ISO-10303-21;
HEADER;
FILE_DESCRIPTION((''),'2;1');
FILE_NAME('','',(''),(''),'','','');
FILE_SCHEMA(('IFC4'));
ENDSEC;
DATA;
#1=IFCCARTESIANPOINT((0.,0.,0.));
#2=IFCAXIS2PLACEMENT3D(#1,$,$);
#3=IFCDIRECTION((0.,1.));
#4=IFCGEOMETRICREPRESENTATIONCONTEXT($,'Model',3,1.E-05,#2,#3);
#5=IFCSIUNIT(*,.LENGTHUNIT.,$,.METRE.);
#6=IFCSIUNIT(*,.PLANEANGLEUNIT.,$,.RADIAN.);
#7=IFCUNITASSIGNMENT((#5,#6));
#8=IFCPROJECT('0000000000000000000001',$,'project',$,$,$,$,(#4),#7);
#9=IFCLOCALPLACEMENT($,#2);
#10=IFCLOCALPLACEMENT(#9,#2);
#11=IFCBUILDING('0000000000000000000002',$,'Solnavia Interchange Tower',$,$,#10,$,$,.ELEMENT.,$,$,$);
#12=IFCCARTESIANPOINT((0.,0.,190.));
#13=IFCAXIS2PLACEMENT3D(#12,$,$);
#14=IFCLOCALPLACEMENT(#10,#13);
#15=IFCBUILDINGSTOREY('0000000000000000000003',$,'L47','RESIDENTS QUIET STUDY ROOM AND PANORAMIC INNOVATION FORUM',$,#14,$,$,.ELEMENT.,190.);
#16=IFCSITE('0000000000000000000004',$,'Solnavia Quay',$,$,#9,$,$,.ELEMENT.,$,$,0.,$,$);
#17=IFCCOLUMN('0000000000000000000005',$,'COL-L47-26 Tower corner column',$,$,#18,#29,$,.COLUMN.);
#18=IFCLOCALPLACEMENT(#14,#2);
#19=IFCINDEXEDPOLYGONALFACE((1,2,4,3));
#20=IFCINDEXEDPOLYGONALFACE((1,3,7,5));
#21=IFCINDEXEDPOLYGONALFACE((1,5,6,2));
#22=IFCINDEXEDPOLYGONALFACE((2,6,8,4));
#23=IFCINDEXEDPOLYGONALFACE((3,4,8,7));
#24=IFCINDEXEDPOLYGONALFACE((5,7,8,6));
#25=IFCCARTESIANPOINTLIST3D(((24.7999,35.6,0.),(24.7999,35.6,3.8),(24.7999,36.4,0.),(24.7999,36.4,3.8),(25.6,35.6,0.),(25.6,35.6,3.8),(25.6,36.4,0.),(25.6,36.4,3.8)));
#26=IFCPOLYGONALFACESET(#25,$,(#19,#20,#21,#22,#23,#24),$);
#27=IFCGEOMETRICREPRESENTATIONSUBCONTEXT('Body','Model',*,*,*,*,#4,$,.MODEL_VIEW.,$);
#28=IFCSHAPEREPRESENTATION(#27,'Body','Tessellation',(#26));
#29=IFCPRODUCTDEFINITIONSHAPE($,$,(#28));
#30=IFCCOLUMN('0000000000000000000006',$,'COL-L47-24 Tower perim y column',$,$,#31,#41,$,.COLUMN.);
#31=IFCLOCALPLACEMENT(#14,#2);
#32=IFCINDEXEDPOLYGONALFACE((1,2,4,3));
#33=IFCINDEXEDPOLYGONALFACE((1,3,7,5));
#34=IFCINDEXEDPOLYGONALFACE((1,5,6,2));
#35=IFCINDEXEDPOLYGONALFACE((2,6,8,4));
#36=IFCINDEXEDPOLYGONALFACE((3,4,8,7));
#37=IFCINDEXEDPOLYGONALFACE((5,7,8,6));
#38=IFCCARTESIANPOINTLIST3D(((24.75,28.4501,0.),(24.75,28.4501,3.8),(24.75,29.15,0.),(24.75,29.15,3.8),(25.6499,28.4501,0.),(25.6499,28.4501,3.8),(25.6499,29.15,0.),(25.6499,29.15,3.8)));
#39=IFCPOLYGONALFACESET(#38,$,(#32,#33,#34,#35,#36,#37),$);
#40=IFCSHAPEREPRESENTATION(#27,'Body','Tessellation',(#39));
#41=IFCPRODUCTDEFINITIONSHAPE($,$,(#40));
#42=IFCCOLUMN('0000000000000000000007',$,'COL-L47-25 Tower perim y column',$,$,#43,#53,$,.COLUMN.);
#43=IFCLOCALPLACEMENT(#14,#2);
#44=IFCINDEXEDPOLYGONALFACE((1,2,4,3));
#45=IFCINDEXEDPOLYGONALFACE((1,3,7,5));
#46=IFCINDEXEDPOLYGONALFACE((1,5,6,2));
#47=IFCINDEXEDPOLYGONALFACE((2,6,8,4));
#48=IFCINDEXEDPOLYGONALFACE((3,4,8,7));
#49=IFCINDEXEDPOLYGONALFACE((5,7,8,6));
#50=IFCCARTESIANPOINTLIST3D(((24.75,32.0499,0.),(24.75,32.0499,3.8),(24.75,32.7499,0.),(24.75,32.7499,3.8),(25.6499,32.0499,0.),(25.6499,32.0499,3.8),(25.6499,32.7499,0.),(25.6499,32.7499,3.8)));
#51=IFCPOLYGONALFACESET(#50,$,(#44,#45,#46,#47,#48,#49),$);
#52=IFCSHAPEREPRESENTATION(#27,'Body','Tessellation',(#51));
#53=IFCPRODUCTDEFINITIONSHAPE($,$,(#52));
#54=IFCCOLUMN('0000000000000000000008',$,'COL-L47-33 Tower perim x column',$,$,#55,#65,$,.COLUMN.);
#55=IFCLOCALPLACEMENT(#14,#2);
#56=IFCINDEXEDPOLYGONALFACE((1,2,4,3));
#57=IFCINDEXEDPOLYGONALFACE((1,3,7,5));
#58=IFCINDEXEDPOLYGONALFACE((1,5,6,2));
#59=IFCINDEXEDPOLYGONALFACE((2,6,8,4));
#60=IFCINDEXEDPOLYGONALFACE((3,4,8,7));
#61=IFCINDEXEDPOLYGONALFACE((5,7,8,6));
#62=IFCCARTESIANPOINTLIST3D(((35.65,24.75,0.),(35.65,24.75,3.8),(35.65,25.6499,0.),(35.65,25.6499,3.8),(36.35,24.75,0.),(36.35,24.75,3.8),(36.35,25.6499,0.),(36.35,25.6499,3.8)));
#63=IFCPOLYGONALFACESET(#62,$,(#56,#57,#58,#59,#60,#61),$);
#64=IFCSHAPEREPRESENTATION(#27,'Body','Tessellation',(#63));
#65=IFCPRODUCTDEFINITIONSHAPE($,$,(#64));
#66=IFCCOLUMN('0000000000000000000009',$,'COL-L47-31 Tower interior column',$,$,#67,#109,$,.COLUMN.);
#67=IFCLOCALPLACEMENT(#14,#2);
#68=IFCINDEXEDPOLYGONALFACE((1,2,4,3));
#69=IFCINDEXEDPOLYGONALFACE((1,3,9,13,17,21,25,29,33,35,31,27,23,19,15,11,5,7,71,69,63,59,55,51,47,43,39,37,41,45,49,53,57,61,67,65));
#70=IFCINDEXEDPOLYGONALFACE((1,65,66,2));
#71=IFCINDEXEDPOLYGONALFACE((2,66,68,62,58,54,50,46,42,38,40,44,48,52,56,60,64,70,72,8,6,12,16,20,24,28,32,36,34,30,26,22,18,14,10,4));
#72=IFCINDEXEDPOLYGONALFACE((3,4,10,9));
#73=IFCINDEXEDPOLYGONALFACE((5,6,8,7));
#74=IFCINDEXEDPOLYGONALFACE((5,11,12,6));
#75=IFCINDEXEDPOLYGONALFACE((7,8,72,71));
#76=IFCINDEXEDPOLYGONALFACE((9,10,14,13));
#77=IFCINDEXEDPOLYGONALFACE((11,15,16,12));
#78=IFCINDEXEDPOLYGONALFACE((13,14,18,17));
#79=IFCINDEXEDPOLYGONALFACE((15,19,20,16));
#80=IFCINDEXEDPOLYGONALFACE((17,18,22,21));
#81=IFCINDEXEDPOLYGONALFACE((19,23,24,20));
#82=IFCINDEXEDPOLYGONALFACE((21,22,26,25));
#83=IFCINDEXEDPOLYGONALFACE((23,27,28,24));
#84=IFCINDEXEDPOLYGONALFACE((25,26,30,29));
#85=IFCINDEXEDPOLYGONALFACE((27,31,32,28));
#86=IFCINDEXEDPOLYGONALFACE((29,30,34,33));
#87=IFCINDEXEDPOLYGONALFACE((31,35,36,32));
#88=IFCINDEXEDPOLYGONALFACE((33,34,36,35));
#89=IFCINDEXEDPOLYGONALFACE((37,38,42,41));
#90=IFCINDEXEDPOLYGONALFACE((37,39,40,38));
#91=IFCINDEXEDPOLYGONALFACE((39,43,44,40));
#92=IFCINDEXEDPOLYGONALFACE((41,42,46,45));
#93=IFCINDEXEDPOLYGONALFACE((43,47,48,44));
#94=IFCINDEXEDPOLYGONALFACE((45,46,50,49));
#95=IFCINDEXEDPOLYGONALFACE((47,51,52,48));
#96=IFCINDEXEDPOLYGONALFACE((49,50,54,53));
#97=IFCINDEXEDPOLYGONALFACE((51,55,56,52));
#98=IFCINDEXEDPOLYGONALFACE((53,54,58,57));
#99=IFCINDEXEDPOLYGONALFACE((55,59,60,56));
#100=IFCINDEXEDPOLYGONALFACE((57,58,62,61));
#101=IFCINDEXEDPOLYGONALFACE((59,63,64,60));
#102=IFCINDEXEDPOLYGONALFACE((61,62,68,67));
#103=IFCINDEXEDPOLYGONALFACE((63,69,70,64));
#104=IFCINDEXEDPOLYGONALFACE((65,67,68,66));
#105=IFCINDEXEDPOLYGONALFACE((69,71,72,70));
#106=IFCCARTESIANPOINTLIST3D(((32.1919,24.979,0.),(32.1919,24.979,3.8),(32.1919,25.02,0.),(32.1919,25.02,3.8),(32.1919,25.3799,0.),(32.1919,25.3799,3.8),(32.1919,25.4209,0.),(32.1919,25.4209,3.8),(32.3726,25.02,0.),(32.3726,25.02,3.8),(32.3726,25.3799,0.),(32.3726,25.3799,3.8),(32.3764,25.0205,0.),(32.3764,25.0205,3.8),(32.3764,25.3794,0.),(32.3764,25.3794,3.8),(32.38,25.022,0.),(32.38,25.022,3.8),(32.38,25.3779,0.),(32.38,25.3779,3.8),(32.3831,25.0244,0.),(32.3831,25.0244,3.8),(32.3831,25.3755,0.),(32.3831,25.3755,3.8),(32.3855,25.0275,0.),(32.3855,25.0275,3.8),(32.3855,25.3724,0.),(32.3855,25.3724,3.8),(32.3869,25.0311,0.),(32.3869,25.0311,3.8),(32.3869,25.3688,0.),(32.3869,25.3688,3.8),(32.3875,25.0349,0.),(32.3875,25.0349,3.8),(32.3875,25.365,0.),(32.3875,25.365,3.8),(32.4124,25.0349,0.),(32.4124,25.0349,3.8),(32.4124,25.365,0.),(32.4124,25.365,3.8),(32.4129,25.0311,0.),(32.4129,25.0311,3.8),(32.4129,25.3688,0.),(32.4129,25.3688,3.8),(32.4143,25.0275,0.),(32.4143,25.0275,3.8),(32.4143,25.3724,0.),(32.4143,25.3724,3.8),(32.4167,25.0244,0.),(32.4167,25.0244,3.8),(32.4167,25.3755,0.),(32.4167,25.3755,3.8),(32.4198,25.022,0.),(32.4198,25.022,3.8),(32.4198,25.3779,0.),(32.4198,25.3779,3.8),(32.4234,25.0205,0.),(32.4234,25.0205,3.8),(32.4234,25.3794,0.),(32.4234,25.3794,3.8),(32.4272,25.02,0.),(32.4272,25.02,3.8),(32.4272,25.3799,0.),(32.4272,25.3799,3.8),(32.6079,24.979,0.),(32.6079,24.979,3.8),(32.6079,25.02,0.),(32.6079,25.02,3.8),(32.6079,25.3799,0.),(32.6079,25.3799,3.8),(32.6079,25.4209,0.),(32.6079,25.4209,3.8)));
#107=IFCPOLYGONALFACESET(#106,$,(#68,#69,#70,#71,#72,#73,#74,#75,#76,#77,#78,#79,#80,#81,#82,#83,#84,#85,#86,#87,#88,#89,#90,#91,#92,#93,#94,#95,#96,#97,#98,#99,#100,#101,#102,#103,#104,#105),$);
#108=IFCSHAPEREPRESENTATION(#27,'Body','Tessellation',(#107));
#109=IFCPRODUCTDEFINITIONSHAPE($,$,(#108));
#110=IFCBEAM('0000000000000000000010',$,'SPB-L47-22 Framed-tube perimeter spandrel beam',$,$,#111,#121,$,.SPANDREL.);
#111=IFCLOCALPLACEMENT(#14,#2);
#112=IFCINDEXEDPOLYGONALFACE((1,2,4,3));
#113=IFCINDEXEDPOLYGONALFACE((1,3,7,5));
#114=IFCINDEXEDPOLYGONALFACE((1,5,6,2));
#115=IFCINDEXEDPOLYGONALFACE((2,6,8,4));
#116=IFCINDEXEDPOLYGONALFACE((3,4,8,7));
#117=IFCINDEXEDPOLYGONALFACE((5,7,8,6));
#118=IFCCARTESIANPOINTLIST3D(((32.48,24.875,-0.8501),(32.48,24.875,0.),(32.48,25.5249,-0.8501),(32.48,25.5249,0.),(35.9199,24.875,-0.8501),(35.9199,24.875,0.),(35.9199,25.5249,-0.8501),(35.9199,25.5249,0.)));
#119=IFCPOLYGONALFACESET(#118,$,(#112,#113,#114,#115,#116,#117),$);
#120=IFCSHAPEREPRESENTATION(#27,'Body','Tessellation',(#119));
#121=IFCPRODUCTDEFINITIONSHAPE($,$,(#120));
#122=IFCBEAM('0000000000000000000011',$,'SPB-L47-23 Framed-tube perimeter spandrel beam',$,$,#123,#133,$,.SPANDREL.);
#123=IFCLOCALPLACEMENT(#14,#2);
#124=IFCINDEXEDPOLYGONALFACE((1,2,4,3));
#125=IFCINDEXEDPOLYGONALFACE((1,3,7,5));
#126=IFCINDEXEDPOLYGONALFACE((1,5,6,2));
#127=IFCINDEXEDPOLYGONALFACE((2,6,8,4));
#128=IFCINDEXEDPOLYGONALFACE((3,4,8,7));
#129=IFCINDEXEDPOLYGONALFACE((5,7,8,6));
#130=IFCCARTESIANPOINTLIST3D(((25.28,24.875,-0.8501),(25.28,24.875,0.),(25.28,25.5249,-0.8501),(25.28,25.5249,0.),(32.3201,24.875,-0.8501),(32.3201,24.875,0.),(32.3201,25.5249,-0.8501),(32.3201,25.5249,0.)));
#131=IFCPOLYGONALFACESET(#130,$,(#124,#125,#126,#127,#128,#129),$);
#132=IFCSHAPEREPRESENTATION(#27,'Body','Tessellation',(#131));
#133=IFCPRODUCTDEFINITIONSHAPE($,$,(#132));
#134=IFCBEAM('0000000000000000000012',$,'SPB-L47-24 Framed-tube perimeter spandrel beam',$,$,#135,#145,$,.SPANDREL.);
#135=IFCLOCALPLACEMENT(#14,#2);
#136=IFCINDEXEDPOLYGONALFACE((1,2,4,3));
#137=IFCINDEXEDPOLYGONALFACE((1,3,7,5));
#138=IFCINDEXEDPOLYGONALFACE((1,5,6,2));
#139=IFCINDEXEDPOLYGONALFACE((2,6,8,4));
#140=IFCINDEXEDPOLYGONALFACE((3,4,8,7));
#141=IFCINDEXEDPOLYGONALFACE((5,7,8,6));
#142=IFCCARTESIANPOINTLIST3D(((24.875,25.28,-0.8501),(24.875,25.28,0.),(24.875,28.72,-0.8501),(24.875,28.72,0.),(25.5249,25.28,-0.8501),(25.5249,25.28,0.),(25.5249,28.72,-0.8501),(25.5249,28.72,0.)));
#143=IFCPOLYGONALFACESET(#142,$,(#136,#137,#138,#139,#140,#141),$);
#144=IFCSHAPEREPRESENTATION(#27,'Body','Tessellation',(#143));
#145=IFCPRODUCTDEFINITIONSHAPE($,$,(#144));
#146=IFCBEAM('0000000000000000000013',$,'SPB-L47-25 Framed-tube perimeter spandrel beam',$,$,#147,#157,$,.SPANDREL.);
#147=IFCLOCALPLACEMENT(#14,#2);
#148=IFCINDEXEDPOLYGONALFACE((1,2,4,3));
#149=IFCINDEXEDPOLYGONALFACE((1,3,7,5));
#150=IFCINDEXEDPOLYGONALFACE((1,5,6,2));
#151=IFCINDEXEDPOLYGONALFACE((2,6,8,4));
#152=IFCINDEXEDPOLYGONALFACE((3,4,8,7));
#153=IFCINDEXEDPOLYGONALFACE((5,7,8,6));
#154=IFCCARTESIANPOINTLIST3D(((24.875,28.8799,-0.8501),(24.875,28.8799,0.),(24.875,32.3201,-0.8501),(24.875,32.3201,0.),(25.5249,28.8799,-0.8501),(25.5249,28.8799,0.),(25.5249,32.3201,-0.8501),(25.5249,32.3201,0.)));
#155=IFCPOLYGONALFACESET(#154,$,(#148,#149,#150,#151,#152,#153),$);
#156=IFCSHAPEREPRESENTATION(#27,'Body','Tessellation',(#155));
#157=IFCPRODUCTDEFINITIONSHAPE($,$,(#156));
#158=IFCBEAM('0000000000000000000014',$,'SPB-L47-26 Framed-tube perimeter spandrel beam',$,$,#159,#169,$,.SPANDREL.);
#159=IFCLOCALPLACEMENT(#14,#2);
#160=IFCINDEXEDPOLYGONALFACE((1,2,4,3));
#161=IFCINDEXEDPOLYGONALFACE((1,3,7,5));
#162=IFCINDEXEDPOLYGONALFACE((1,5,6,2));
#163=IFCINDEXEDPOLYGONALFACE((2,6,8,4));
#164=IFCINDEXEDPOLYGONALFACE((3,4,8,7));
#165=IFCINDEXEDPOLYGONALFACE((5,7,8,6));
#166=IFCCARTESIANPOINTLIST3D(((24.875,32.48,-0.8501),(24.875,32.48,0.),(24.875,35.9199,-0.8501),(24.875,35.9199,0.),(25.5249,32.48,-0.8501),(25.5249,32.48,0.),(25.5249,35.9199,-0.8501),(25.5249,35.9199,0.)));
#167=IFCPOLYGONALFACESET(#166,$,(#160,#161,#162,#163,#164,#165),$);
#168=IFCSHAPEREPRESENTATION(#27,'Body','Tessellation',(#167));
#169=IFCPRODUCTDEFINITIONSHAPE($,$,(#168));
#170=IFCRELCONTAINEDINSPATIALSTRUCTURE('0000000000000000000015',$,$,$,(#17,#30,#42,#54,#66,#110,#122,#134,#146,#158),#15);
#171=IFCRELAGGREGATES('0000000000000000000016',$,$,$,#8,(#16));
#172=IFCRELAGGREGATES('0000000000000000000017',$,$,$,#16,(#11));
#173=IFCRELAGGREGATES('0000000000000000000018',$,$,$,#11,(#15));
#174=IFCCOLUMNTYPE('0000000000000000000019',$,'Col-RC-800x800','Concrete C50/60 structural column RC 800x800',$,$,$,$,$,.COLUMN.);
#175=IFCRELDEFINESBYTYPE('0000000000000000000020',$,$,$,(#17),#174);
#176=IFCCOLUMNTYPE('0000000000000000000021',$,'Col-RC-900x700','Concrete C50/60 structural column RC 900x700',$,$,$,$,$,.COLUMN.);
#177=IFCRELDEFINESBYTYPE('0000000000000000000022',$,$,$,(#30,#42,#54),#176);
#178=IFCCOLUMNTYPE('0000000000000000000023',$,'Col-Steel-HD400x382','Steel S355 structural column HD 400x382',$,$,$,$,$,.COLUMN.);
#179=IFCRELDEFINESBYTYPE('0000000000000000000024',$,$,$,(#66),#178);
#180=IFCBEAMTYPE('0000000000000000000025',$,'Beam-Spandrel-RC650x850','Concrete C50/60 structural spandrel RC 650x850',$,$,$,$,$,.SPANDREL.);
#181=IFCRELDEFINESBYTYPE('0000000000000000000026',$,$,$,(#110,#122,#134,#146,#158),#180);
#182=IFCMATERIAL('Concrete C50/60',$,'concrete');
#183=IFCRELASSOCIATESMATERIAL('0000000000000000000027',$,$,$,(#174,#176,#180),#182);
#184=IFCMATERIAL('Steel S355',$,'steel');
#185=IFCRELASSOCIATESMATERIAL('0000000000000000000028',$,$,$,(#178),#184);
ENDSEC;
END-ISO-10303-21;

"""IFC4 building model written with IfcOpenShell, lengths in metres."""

from ifc_helpers import new_model, si_unit, direction, frame, origin, origin_2d, place, context, subcontext, project, spatial, rectangle, i_section, extrude, material, material_profile, profile_set, type_object, element, save


model = new_model("IFC4")

# Units and contexts
model_context = context("Model", 3, precision=1e-05, world=origin(), true_north=direction((0.0, 1.0)))
body_context = subcontext(model_context, "Body", "Model", "MODEL_VIEW")
ifc_project = project(units=[si_unit("LENGTHUNIT", "METRE"), si_unit("PLANEANGLEUNIT", "RADIAN")], contexts=[model_context])

# Site, building, storey
site_placement = place(None, origin())
site = spatial("IfcSite", under=ifc_project, at=site_placement, Name="Solnavia Quay", CompositionType="ELEMENT", RefElevation=0.0)
building_placement = place(site_placement, origin())
building = spatial("IfcBuilding", under=site, at=building_placement, Name="Solnavia Interchange Tower", CompositionType="ELEMENT")
storey_placement = place(building_placement, frame((0.0, 0.0, 190.0)))
storey = spatial("IfcBuildingStorey", under=building, at=storey_placement, Name="L47", Description="RESIDENTS QUIET STUDY ROOM AND PANORAMIC INNOVATION FORUM", CompositionType="ELEMENT", Elevation=190.0)

# Columns
ifc_material_1 = material(Name="Concrete C50/60", Category="concrete")
ifc_material_profile_1 = material_profile(ifc_material_1, rectangle(XDim=0.8, YDim=0.8, at=origin_2d()), Name="RC 800x800")
ifc_profile_set_1 = profile_set([ifc_material_profile_1], Name="Concrete C50/60")
column_type_1 = type_object("IfcColumnType", Name="Col-RC-800x800", Description="Concrete C50/60 structural column RC 800x800", PredefinedType="COLUMN", material=ifc_profile_set_1)
column_1_placement = place(storey_placement, frame((25.2, 36.0, 0.0), z_axis=(0.0, 0.0, 1.0), x_axis=(0.0, 1.0, 0.0)))
element("IfcColumn", 1, at=column_1_placement, inside=storey, type_object=column_type_1, Name="COL-L47-26 Tower corner column", PredefinedType="COLUMN", context=body_context, shape_type="SweptSolid", body=[
    extrude(rectangle(XDim=0.8, YDim=0.8, at=origin_2d()), origin(), (0.0, 0.0, 1.0), 3.8),
])
ifc_material_profile_2 = material_profile(ifc_material_1, rectangle(XDim=0.7, YDim=0.8999, at=origin_2d()), Name="RC 900x700")
ifc_profile_set_2 = profile_set([ifc_material_profile_2], Name="Concrete C50/60")
column_type_2 = type_object("IfcColumnType", Name="Col-RC-900x700", Description="Concrete C50/60 structural column RC 900x700", PredefinedType="COLUMN", material=ifc_profile_set_2)
for number, where, z_axis, x_axis, name in (
    (2, (25.2, 28.8, 0.0), (0.0, 0.0, 1.0), (0.0, 1.0, 0.0), "COL-L47-24 Tower perim y column"),
    (3, (25.2, 32.3999, 0.0), (0.0, 0.0, 1.0), (0.0, 1.0, 0.0), "COL-L47-25 Tower perim y column"),
    (4, (36.0, 25.2, 0.0), (0.0, 0.0, 1.0), (1.0, 0.0, 0.0), "COL-L47-33 Tower perim x column"),
):
    element("IfcColumn", number, at=place(storey_placement, frame(where, z_axis=z_axis, x_axis=x_axis)), inside=storey, type_object=column_type_2, Name=name, PredefinedType="COLUMN", context=body_context, shape_type="SweptSolid", body=[
        extrude(rectangle(XDim=0.7, YDim=0.8999, at=origin_2d()), origin(), (0.0, 0.0, 1.0), 3.8),
    ])
ifc_material_2 = material(Name="Steel S355", Category="steel")
ifc_material_profile_3 = material_profile(ifc_material_2, i_section(OverallWidth=0.416, OverallDepth=0.4419, WebThickness=0.0249, FlangeThickness=0.041, FilletRadius=0.0149, at=origin_2d()), Name="HD 400x382")
ifc_profile_set_3 = profile_set([ifc_material_profile_3], Name="Steel S355")
column_type_3 = type_object("IfcColumnType", Name="Col-Steel-HD400x382", Description="Steel S355 structural column HD 400x382", PredefinedType="COLUMN", material=ifc_profile_set_3)
column_2_placement = place(storey_placement, frame((32.3999, 25.2, 0.0), z_axis=(0.0, 0.0, 1.0), x_axis=(1.0, 0.0, 0.0)))
element("IfcColumn", 5, at=column_2_placement, inside=storey, type_object=column_type_3, Name="COL-L47-31 Tower interior column", PredefinedType="COLUMN", context=body_context, shape_type="SweptSolid", body=[
    extrude(i_section(OverallWidth=0.416, OverallDepth=0.4419, WebThickness=0.0249, FlangeThickness=0.041, FilletRadius=0.0149, at=origin_2d()), origin(), (0.0, 0.0, 1.0), 3.8),
])

# Beams
ifc_material_profile_4 = material_profile(ifc_material_1, rectangle(XDim=0.6499, YDim=0.8501, at=origin_2d()), Name="RC 650x850")
ifc_profile_set_4 = profile_set([ifc_material_profile_4], Name="Concrete C50/60")
beam_type = type_object("IfcBeamType", Name="Beam-Spandrel-RC650x850", Description="Concrete C50/60 structural spandrel RC 650x850", PredefinedType="SPANDREL", material=ifc_profile_set_4)
beam_1_placement = place(storey_placement, frame((35.9199, 25.2, -0.425), z_axis=(-1.0, 0.0, 0.0), x_axis=(0.0, -1.0, 0.0)))
element("IfcBeam", 6, at=beam_1_placement, inside=storey, type_object=beam_type, Name="SPB-L47-22 Framed-tube perimeter spandrel beam", PredefinedType="SPANDREL", context=body_context, shape_type="SweptSolid", body=[
    extrude(rectangle(XDim=0.6499, YDim=0.8501, at=origin_2d()), origin(), (0.0, 0.0, 1.0), 3.4399),
])
beam_2_placement = place(storey_placement, frame((32.3201, 25.2, -0.425), z_axis=(-1.0, 0.0, 0.0), x_axis=(0.0, -1.0, 0.0)))
element("IfcBeam", 7, at=beam_2_placement, inside=storey, type_object=beam_type, Name="SPB-L47-23 Framed-tube perimeter spandrel beam", PredefinedType="SPANDREL", context=body_context, shape_type="SweptSolid", body=[
    extrude(rectangle(XDim=0.6499, YDim=0.8501, at=origin_2d()), origin(), (0.0, 0.0, 1.0), 7.04),
])
beam_3_placement = place(storey_placement, frame((25.2, 25.28, -0.425), z_axis=(0.0, 1.0, 0.0), x_axis=(-1.0, 0.0, 0.0)))
element("IfcBeam", 8, at=beam_3_placement, inside=storey, type_object=beam_type, Name="SPB-L47-24 Framed-tube perimeter spandrel beam", PredefinedType="SPANDREL", context=body_context, shape_type="SweptSolid", body=[
    extrude(rectangle(XDim=0.6499, YDim=0.8501, at=origin_2d()), origin(), (0.0, 0.0, 1.0), 3.4399),
])
beam_4_placement = place(storey_placement, frame((25.2, 28.8799, -0.425), z_axis=(0.0, 1.0, 0.0), x_axis=(-1.0, 0.0, 0.0)))
element("IfcBeam", 9, at=beam_4_placement, inside=storey, type_object=beam_type, Name="SPB-L47-25 Framed-tube perimeter spandrel beam", PredefinedType="SPANDREL", context=body_context, shape_type="SweptSolid", body=[
    extrude(rectangle(XDim=0.6499, YDim=0.8501, at=origin_2d()), origin(), (0.0, 0.0, 1.0), 3.4402),
])
beam_5_placement = place(storey_placement, frame((25.2, 32.48, -0.425), z_axis=(0.0, 1.0, 0.0), x_axis=(-1.0, 0.0, 0.0)))
element("IfcBeam", 10, at=beam_5_placement, inside=storey, type_object=beam_type, Name="SPB-L47-26 Framed-tube perimeter spandrel beam", PredefinedType="SPANDREL", context=body_context, shape_type="SweptSolid", body=[
    extrude(rectangle(XDim=0.6499, YDim=0.8501, at=origin_2d()), origin(), (0.0, 0.0, 1.0), 3.4399),
])

save(model, "model.ifc")
